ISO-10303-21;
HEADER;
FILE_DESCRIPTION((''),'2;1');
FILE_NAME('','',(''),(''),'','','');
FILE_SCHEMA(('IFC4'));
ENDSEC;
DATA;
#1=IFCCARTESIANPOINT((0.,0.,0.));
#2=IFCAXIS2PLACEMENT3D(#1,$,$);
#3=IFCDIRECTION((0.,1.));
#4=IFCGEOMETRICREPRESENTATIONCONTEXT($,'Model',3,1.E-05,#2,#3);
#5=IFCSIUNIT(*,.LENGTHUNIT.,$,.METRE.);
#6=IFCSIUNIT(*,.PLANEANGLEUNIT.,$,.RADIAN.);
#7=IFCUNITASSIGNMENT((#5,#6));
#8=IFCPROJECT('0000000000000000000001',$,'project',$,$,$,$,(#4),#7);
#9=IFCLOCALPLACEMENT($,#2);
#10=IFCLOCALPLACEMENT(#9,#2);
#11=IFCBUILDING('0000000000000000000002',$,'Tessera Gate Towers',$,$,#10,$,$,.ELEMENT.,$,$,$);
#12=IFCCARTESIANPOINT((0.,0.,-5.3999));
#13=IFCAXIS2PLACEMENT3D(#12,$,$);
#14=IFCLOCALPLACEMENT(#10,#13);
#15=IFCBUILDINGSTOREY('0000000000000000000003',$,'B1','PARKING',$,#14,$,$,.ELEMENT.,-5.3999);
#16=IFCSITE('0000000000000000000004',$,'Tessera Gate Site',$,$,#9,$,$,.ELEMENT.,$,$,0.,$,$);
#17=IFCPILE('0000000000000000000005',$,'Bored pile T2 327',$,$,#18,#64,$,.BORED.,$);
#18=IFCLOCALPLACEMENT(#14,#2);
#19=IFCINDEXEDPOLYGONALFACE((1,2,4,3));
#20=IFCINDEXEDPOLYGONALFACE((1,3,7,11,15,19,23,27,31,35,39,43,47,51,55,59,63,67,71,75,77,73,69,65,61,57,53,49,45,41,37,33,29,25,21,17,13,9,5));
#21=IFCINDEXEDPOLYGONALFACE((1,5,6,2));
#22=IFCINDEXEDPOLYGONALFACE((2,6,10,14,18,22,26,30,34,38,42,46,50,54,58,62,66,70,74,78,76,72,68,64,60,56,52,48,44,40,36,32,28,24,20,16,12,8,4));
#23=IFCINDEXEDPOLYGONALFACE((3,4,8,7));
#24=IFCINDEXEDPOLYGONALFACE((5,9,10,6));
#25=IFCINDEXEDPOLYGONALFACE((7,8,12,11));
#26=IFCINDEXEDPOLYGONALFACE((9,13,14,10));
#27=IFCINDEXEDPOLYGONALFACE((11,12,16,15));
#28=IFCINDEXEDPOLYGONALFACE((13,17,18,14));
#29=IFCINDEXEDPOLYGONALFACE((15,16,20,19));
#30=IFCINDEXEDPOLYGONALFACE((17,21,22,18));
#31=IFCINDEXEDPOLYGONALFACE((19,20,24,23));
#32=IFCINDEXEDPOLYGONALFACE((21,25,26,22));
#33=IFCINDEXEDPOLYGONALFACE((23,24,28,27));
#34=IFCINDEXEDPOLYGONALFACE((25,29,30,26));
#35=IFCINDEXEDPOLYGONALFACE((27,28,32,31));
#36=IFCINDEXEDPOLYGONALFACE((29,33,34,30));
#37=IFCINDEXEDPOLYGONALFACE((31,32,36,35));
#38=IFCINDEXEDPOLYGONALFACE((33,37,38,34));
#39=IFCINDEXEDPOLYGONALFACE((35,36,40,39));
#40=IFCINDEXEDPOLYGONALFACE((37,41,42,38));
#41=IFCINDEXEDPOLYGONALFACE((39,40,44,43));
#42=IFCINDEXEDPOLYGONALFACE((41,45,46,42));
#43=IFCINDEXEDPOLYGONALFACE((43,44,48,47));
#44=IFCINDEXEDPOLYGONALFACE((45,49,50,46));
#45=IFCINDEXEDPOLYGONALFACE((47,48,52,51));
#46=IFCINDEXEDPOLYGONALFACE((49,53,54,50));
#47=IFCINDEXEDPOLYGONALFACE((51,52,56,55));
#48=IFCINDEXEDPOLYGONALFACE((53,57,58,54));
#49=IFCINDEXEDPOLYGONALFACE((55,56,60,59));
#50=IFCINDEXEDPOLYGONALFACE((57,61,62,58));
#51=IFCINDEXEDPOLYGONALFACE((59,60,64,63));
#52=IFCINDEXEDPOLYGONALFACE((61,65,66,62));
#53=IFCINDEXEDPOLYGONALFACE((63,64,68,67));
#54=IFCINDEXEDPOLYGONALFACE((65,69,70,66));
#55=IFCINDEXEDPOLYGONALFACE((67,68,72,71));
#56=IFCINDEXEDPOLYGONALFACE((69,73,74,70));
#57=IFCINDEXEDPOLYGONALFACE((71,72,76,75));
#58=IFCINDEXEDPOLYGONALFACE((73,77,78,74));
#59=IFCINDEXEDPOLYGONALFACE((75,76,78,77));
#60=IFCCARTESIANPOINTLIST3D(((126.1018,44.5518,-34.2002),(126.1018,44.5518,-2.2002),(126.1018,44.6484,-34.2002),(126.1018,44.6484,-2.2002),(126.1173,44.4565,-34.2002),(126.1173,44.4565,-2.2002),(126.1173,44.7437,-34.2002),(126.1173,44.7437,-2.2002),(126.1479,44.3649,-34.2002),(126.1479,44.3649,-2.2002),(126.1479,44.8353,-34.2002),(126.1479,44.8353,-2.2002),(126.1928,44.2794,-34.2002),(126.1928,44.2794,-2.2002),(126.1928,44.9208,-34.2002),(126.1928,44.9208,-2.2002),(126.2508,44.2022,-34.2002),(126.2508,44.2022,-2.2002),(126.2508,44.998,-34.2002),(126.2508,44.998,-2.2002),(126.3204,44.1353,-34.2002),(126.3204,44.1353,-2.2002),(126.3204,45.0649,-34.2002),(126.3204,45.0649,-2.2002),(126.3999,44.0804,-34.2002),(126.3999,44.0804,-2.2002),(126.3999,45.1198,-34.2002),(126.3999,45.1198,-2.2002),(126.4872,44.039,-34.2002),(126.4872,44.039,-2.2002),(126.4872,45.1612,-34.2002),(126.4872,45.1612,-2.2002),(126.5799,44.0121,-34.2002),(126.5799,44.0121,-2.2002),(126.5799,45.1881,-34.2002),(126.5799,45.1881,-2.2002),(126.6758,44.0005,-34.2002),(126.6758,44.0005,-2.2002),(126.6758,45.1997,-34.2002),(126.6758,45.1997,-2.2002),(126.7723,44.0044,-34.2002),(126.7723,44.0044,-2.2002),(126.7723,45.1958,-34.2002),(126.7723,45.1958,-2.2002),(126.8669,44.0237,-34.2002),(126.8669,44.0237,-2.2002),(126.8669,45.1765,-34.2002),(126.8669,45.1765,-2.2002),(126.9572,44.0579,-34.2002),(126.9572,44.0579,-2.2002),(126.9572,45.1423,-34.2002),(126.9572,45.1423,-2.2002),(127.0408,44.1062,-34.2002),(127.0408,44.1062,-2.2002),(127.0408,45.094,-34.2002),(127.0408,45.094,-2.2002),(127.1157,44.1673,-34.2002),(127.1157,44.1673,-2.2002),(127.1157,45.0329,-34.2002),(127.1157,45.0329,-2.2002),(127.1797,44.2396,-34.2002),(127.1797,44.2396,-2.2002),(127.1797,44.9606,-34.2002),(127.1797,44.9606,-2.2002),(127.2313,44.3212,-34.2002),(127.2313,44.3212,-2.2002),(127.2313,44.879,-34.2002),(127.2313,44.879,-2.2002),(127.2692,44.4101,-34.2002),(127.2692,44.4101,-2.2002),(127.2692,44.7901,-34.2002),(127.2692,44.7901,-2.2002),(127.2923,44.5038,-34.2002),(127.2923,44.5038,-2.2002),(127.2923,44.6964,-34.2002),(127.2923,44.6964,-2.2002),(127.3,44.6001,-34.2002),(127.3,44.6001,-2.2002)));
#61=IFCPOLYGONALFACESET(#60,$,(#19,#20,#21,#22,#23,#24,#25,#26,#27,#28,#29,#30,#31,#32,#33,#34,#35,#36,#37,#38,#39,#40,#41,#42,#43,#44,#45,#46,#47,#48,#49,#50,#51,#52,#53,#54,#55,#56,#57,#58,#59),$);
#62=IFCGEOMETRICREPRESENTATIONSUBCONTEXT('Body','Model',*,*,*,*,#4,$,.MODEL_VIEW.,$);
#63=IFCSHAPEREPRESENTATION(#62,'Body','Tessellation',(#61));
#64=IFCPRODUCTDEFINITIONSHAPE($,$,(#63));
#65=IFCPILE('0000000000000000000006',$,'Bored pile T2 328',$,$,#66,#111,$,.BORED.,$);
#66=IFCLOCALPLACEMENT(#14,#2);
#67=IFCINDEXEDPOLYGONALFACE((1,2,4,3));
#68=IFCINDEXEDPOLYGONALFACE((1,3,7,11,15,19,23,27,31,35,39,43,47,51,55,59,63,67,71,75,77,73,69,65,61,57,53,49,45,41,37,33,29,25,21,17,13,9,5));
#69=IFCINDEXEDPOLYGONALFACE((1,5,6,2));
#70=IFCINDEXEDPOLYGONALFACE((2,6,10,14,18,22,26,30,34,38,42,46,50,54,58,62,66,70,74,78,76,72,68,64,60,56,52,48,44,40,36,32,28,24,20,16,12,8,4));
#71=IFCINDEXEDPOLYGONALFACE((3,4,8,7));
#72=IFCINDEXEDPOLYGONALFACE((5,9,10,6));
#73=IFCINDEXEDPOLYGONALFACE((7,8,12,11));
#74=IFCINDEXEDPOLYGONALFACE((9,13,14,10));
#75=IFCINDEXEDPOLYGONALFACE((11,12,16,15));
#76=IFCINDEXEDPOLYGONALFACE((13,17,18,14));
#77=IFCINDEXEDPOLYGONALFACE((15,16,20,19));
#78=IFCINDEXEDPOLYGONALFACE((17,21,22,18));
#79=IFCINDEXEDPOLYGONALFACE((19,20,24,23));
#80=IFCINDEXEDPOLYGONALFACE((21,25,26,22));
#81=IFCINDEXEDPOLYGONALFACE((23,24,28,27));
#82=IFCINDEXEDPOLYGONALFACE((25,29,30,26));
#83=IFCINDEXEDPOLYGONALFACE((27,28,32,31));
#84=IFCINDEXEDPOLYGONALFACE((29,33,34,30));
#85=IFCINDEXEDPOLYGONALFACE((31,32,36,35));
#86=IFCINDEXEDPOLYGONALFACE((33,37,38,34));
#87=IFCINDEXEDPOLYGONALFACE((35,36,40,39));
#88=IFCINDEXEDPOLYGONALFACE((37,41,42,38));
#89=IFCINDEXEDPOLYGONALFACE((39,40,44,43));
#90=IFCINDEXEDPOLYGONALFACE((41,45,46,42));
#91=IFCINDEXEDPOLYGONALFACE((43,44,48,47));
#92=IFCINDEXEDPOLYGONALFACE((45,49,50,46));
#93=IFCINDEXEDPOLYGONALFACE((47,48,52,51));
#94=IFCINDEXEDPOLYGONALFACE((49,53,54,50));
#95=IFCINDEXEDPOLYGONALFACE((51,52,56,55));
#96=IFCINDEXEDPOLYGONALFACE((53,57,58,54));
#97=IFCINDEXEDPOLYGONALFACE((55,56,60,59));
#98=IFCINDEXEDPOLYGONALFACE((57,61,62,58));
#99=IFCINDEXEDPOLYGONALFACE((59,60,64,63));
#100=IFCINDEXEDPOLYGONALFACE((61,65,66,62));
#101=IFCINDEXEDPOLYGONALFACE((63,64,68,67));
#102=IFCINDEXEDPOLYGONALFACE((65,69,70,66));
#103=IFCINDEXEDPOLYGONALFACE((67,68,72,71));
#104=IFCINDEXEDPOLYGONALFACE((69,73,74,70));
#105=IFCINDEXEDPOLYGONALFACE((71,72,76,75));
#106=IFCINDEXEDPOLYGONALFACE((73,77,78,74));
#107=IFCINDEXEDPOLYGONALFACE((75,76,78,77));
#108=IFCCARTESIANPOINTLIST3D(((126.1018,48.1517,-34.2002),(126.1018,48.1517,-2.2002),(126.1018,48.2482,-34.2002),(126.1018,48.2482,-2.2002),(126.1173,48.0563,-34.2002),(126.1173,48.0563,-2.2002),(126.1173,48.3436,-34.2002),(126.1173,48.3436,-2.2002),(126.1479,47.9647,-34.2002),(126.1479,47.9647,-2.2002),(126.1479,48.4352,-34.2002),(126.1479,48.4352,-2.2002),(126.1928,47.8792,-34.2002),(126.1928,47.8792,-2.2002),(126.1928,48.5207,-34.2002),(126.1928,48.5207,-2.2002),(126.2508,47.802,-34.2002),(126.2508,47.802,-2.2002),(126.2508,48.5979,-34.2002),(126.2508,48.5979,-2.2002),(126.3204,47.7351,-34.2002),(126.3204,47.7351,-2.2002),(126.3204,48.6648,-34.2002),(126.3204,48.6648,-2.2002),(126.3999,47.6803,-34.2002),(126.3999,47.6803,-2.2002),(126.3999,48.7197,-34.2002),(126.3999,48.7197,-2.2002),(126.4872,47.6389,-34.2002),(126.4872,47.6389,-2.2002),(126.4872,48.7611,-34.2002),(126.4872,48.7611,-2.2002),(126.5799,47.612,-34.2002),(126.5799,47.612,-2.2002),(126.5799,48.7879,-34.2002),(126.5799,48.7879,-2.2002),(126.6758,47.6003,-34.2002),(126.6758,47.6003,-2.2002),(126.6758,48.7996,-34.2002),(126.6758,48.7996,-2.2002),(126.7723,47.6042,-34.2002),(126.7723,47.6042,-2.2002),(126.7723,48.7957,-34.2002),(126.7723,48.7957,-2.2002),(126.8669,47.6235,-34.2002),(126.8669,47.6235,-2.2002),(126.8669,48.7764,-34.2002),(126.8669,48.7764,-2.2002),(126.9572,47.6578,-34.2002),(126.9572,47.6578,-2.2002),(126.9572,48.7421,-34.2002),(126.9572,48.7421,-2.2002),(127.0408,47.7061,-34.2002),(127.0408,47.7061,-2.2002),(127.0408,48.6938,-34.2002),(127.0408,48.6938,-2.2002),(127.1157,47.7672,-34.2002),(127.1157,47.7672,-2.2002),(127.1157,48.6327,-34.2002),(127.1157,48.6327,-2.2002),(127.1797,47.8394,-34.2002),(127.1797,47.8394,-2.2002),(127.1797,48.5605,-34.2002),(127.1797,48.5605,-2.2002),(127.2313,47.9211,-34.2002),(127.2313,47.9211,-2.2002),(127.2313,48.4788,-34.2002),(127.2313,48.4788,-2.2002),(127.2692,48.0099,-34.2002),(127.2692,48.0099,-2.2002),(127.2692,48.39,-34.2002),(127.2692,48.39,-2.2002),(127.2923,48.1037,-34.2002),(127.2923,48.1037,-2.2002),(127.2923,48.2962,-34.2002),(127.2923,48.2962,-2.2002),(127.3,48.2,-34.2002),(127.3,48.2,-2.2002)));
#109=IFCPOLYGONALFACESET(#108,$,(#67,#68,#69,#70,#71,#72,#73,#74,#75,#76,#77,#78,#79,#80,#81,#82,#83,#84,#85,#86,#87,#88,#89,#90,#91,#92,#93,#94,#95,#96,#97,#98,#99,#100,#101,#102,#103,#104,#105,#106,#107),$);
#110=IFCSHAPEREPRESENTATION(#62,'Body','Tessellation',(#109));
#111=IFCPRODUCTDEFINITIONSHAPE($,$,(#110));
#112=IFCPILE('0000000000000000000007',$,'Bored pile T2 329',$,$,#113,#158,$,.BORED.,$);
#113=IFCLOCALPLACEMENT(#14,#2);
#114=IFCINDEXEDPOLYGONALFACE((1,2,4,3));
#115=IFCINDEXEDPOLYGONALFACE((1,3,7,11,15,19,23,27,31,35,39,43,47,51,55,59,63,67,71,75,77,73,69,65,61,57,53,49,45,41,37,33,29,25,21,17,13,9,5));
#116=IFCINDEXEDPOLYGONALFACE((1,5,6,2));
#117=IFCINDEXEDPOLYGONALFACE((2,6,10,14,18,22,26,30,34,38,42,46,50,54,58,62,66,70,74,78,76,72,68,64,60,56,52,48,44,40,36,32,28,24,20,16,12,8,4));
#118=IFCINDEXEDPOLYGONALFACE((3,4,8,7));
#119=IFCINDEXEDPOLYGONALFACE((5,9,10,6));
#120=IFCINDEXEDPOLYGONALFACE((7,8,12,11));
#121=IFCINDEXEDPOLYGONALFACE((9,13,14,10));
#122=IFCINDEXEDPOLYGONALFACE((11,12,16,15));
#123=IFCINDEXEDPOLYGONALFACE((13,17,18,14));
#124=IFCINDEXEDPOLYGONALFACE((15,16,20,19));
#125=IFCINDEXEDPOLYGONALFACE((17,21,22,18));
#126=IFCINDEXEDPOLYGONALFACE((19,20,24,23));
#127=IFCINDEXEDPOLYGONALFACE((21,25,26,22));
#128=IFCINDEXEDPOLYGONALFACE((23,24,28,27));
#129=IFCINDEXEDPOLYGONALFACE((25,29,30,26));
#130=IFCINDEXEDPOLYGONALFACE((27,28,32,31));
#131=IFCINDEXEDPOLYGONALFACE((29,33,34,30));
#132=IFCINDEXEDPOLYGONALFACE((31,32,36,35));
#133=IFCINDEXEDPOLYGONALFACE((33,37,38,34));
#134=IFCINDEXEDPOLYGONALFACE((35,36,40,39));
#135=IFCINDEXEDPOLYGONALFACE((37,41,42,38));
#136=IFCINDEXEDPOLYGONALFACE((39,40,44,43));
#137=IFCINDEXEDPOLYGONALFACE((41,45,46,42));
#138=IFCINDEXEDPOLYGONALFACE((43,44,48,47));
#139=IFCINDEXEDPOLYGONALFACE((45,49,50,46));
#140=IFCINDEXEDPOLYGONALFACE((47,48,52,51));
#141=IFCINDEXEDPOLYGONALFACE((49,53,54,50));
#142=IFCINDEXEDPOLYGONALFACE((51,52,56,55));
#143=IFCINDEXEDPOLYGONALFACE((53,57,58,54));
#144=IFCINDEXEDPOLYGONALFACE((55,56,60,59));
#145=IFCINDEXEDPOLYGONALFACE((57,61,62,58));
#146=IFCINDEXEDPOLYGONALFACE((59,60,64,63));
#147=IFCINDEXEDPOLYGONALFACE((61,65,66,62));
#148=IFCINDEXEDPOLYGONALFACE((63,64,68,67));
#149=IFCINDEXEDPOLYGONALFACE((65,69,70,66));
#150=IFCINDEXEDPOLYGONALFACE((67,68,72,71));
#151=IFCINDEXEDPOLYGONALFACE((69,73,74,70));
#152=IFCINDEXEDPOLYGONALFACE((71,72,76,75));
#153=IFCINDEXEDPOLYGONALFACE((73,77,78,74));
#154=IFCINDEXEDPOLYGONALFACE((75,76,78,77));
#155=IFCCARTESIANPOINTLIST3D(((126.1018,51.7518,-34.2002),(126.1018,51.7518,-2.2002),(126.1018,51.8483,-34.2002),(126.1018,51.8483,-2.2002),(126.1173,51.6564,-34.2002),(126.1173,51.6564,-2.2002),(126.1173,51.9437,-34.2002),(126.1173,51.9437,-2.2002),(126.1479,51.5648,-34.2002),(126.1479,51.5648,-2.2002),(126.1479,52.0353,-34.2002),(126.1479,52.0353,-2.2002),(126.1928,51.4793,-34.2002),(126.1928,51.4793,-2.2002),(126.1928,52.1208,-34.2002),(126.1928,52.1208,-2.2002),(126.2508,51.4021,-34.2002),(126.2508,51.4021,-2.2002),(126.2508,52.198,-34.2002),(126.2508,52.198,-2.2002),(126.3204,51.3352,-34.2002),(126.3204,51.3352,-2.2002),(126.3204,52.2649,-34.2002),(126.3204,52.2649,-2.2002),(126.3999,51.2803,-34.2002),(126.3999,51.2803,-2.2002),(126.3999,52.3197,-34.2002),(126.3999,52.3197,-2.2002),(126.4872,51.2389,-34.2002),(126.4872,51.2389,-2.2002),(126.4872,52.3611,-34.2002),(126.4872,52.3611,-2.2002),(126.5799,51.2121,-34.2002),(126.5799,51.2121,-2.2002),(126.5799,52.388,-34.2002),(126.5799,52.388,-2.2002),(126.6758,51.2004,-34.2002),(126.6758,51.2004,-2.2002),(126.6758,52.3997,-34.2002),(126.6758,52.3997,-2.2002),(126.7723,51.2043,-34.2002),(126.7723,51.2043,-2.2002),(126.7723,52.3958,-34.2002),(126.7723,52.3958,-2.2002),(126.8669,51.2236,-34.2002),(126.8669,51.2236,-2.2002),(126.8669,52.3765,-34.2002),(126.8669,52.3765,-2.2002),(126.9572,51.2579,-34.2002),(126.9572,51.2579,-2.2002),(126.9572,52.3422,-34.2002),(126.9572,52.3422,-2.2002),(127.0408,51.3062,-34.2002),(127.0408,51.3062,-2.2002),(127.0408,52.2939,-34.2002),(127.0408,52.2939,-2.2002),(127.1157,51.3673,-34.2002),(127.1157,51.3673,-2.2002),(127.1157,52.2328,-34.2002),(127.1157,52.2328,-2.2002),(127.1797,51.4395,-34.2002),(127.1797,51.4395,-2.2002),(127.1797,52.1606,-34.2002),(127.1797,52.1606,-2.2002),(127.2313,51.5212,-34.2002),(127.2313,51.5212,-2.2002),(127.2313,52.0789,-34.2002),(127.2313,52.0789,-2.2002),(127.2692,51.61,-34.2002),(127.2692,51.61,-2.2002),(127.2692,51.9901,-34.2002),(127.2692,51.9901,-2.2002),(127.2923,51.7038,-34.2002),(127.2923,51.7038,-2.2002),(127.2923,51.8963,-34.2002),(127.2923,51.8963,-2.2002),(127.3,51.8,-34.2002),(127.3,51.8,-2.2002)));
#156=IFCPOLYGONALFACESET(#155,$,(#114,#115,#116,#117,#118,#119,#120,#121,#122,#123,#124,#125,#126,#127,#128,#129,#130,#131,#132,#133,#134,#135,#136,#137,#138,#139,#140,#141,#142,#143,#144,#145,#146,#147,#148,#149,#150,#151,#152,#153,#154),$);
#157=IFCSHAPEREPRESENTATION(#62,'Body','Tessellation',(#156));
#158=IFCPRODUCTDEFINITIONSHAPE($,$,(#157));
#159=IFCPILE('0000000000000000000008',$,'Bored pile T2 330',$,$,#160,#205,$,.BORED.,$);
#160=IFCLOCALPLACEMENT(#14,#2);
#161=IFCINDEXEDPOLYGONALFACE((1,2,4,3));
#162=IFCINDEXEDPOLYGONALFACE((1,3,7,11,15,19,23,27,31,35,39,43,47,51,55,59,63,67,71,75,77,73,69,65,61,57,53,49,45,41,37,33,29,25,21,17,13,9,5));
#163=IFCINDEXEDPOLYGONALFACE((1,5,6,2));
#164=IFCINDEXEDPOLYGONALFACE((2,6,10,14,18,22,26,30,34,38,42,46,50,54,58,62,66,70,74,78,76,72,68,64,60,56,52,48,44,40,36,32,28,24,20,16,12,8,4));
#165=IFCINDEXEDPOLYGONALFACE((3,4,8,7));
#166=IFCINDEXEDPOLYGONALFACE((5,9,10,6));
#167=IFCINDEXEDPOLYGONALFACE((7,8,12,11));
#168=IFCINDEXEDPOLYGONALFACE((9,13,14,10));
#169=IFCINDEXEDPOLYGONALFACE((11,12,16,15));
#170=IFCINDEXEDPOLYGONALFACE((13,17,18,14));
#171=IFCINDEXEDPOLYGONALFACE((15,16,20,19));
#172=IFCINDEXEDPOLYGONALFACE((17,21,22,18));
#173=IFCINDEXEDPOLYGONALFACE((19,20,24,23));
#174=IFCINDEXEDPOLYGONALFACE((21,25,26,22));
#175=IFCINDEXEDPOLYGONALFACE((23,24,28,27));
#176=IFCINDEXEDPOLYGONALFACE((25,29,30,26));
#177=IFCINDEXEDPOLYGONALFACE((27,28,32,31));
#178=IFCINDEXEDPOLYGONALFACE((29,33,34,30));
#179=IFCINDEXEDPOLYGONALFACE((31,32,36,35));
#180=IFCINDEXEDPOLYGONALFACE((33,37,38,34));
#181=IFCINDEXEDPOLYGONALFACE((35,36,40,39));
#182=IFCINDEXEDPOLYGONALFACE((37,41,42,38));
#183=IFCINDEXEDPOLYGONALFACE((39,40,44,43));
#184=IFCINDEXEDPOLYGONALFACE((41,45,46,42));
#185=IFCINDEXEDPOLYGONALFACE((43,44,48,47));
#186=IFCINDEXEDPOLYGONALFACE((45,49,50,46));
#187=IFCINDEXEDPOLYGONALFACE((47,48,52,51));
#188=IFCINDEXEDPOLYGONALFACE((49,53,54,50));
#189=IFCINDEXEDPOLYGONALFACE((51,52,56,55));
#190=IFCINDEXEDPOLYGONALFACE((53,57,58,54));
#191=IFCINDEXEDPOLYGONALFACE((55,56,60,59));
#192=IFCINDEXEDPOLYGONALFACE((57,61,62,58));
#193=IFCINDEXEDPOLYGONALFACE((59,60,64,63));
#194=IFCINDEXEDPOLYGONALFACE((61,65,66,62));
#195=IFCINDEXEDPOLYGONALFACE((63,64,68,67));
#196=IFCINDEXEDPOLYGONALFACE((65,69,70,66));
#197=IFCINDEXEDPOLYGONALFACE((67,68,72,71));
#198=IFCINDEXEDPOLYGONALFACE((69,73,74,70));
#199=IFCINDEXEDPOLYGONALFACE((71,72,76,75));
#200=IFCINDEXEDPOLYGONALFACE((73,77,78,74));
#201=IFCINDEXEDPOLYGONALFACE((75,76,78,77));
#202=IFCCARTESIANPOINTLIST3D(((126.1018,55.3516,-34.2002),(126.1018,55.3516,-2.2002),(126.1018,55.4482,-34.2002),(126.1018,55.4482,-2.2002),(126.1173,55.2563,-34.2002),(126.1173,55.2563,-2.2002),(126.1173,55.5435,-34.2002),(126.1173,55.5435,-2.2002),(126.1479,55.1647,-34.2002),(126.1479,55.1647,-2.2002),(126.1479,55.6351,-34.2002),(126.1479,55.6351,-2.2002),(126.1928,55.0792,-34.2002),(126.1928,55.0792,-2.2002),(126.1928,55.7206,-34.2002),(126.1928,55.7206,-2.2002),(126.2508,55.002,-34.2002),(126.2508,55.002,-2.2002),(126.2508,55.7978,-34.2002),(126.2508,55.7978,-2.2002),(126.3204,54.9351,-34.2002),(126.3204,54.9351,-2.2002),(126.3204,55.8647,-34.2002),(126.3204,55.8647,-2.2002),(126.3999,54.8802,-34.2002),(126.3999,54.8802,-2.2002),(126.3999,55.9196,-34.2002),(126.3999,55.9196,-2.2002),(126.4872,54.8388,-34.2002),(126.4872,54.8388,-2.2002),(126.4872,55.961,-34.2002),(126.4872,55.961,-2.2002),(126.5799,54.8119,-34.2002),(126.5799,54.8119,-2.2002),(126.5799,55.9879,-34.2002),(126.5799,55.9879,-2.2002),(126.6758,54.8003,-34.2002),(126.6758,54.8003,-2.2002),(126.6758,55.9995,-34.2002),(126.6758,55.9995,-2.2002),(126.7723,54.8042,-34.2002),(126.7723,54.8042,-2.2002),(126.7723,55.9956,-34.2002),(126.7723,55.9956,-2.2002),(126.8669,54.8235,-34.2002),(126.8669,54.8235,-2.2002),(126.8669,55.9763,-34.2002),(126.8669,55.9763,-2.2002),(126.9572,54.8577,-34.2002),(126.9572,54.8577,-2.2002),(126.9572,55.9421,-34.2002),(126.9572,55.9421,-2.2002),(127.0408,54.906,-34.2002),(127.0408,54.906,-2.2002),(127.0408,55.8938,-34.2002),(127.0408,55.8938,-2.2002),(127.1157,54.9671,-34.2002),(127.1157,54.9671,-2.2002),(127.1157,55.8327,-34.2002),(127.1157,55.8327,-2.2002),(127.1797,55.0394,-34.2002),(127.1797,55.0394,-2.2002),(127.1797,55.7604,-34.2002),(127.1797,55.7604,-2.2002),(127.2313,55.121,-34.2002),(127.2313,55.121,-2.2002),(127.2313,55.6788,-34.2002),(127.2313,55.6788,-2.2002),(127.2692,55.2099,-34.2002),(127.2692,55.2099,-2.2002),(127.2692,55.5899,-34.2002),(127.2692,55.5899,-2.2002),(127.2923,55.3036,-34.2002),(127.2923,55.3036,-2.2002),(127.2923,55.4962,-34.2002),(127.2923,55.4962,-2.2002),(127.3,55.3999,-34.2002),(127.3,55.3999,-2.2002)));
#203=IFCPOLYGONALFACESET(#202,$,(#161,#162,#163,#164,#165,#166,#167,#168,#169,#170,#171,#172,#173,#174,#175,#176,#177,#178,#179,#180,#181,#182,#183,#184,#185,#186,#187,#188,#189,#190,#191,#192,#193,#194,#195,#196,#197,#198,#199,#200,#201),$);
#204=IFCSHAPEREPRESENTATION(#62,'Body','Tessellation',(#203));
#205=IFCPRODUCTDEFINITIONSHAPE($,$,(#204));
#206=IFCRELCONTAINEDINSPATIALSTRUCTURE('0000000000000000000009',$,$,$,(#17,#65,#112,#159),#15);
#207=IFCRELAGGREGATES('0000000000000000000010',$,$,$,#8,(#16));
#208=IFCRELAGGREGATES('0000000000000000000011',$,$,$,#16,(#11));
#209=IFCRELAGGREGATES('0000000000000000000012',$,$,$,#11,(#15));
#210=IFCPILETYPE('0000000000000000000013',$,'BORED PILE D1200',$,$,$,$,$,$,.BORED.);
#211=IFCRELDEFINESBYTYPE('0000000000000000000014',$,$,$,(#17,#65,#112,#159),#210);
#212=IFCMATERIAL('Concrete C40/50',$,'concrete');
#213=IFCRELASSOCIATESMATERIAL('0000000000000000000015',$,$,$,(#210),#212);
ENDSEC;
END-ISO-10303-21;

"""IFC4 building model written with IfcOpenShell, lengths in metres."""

from ifc_helpers import new_model, si_unit, direction, frame, origin, origin_2d, place, context, subcontext, project, spatial, circle, extrude, material, material_profile, profile_set, type_object, element, save


model = new_model("IFC4")

# Units and contexts
model_context = context("Model", 3, precision=1e-05, world=origin(), true_north=direction((0.0, 1.0)))
body_context = subcontext(model_context, "Body", "Model", "MODEL_VIEW")
ifc_project = project(units=[si_unit("LENGTHUNIT", "METRE"), si_unit("PLANEANGLEUNIT", "RADIAN")], contexts=[model_context])

# Site, building, storey
site_placement = place(None, origin())
site = spatial("IfcSite", under=ifc_project, at=site_placement, Name="Tessera Gate Site", CompositionType="ELEMENT", RefElevation=0.0)
building_placement = place(site_placement, origin())
building = spatial("IfcBuilding", under=site, at=building_placement, Name="Tessera Gate Towers", CompositionType="ELEMENT")
storey_placement = place(building_placement, frame((0.0, 0.0, -5.3999)))
storey = spatial("IfcBuildingStorey", under=building, at=storey_placement, Name="B1", Description="PARKING", CompositionType="ELEMENT", Elevation=-5.3999)

# Piles
ifc_material_1 = material(Name="Concrete C40/50", Category="concrete")
ifc_material_profile_1 = material_profile(ifc_material_1, circle(Radius=0.6001, at=origin_2d()), Name="BORED PILE D1200")
ifc_profile_set_1 = profile_set([ifc_material_profile_1], Name="Concrete C40/50")
pile_type = type_object("IfcPileType", Name="BORED PILE D1200", PredefinedType="BORED", material=ifc_profile_set_1)
for number, where, z_axis, x_axis, name in (
    (1, (126.7, 44.6001, -2.2002), (0.0, 0.0, -1.0), (1.0, 0.0, 0.0), "Bored pile T2 327"),
    (2, (126.7, 48.2, -2.2002), (0.0, 0.0, -1.0), (1.0, 0.0, 0.0), "Bored pile T2 328"),
    (3, (126.7, 51.8, -2.2002), (0.0, 0.0, -1.0), (1.0, 0.0, 0.0), "Bored pile T2 329"),
    (4, (126.7, 55.3999, -2.2002), (0.0, 0.0, -1.0), (1.0, 0.0, 0.0), "Bored pile T2 330"),
):
    element("IfcPile", number, at=place(storey_placement, frame(where, z_axis=z_axis, x_axis=x_axis)), inside=storey, type_object=pile_type, Name=name, PredefinedType="BORED", context=body_context, shape_type="SweptSolid", body=[
        extrude(circle(Radius=0.6001, at=origin_2d()), origin(), (0.0, 0.0, 1.0), 32.0),
    ])

save(model, "model.ifc")
